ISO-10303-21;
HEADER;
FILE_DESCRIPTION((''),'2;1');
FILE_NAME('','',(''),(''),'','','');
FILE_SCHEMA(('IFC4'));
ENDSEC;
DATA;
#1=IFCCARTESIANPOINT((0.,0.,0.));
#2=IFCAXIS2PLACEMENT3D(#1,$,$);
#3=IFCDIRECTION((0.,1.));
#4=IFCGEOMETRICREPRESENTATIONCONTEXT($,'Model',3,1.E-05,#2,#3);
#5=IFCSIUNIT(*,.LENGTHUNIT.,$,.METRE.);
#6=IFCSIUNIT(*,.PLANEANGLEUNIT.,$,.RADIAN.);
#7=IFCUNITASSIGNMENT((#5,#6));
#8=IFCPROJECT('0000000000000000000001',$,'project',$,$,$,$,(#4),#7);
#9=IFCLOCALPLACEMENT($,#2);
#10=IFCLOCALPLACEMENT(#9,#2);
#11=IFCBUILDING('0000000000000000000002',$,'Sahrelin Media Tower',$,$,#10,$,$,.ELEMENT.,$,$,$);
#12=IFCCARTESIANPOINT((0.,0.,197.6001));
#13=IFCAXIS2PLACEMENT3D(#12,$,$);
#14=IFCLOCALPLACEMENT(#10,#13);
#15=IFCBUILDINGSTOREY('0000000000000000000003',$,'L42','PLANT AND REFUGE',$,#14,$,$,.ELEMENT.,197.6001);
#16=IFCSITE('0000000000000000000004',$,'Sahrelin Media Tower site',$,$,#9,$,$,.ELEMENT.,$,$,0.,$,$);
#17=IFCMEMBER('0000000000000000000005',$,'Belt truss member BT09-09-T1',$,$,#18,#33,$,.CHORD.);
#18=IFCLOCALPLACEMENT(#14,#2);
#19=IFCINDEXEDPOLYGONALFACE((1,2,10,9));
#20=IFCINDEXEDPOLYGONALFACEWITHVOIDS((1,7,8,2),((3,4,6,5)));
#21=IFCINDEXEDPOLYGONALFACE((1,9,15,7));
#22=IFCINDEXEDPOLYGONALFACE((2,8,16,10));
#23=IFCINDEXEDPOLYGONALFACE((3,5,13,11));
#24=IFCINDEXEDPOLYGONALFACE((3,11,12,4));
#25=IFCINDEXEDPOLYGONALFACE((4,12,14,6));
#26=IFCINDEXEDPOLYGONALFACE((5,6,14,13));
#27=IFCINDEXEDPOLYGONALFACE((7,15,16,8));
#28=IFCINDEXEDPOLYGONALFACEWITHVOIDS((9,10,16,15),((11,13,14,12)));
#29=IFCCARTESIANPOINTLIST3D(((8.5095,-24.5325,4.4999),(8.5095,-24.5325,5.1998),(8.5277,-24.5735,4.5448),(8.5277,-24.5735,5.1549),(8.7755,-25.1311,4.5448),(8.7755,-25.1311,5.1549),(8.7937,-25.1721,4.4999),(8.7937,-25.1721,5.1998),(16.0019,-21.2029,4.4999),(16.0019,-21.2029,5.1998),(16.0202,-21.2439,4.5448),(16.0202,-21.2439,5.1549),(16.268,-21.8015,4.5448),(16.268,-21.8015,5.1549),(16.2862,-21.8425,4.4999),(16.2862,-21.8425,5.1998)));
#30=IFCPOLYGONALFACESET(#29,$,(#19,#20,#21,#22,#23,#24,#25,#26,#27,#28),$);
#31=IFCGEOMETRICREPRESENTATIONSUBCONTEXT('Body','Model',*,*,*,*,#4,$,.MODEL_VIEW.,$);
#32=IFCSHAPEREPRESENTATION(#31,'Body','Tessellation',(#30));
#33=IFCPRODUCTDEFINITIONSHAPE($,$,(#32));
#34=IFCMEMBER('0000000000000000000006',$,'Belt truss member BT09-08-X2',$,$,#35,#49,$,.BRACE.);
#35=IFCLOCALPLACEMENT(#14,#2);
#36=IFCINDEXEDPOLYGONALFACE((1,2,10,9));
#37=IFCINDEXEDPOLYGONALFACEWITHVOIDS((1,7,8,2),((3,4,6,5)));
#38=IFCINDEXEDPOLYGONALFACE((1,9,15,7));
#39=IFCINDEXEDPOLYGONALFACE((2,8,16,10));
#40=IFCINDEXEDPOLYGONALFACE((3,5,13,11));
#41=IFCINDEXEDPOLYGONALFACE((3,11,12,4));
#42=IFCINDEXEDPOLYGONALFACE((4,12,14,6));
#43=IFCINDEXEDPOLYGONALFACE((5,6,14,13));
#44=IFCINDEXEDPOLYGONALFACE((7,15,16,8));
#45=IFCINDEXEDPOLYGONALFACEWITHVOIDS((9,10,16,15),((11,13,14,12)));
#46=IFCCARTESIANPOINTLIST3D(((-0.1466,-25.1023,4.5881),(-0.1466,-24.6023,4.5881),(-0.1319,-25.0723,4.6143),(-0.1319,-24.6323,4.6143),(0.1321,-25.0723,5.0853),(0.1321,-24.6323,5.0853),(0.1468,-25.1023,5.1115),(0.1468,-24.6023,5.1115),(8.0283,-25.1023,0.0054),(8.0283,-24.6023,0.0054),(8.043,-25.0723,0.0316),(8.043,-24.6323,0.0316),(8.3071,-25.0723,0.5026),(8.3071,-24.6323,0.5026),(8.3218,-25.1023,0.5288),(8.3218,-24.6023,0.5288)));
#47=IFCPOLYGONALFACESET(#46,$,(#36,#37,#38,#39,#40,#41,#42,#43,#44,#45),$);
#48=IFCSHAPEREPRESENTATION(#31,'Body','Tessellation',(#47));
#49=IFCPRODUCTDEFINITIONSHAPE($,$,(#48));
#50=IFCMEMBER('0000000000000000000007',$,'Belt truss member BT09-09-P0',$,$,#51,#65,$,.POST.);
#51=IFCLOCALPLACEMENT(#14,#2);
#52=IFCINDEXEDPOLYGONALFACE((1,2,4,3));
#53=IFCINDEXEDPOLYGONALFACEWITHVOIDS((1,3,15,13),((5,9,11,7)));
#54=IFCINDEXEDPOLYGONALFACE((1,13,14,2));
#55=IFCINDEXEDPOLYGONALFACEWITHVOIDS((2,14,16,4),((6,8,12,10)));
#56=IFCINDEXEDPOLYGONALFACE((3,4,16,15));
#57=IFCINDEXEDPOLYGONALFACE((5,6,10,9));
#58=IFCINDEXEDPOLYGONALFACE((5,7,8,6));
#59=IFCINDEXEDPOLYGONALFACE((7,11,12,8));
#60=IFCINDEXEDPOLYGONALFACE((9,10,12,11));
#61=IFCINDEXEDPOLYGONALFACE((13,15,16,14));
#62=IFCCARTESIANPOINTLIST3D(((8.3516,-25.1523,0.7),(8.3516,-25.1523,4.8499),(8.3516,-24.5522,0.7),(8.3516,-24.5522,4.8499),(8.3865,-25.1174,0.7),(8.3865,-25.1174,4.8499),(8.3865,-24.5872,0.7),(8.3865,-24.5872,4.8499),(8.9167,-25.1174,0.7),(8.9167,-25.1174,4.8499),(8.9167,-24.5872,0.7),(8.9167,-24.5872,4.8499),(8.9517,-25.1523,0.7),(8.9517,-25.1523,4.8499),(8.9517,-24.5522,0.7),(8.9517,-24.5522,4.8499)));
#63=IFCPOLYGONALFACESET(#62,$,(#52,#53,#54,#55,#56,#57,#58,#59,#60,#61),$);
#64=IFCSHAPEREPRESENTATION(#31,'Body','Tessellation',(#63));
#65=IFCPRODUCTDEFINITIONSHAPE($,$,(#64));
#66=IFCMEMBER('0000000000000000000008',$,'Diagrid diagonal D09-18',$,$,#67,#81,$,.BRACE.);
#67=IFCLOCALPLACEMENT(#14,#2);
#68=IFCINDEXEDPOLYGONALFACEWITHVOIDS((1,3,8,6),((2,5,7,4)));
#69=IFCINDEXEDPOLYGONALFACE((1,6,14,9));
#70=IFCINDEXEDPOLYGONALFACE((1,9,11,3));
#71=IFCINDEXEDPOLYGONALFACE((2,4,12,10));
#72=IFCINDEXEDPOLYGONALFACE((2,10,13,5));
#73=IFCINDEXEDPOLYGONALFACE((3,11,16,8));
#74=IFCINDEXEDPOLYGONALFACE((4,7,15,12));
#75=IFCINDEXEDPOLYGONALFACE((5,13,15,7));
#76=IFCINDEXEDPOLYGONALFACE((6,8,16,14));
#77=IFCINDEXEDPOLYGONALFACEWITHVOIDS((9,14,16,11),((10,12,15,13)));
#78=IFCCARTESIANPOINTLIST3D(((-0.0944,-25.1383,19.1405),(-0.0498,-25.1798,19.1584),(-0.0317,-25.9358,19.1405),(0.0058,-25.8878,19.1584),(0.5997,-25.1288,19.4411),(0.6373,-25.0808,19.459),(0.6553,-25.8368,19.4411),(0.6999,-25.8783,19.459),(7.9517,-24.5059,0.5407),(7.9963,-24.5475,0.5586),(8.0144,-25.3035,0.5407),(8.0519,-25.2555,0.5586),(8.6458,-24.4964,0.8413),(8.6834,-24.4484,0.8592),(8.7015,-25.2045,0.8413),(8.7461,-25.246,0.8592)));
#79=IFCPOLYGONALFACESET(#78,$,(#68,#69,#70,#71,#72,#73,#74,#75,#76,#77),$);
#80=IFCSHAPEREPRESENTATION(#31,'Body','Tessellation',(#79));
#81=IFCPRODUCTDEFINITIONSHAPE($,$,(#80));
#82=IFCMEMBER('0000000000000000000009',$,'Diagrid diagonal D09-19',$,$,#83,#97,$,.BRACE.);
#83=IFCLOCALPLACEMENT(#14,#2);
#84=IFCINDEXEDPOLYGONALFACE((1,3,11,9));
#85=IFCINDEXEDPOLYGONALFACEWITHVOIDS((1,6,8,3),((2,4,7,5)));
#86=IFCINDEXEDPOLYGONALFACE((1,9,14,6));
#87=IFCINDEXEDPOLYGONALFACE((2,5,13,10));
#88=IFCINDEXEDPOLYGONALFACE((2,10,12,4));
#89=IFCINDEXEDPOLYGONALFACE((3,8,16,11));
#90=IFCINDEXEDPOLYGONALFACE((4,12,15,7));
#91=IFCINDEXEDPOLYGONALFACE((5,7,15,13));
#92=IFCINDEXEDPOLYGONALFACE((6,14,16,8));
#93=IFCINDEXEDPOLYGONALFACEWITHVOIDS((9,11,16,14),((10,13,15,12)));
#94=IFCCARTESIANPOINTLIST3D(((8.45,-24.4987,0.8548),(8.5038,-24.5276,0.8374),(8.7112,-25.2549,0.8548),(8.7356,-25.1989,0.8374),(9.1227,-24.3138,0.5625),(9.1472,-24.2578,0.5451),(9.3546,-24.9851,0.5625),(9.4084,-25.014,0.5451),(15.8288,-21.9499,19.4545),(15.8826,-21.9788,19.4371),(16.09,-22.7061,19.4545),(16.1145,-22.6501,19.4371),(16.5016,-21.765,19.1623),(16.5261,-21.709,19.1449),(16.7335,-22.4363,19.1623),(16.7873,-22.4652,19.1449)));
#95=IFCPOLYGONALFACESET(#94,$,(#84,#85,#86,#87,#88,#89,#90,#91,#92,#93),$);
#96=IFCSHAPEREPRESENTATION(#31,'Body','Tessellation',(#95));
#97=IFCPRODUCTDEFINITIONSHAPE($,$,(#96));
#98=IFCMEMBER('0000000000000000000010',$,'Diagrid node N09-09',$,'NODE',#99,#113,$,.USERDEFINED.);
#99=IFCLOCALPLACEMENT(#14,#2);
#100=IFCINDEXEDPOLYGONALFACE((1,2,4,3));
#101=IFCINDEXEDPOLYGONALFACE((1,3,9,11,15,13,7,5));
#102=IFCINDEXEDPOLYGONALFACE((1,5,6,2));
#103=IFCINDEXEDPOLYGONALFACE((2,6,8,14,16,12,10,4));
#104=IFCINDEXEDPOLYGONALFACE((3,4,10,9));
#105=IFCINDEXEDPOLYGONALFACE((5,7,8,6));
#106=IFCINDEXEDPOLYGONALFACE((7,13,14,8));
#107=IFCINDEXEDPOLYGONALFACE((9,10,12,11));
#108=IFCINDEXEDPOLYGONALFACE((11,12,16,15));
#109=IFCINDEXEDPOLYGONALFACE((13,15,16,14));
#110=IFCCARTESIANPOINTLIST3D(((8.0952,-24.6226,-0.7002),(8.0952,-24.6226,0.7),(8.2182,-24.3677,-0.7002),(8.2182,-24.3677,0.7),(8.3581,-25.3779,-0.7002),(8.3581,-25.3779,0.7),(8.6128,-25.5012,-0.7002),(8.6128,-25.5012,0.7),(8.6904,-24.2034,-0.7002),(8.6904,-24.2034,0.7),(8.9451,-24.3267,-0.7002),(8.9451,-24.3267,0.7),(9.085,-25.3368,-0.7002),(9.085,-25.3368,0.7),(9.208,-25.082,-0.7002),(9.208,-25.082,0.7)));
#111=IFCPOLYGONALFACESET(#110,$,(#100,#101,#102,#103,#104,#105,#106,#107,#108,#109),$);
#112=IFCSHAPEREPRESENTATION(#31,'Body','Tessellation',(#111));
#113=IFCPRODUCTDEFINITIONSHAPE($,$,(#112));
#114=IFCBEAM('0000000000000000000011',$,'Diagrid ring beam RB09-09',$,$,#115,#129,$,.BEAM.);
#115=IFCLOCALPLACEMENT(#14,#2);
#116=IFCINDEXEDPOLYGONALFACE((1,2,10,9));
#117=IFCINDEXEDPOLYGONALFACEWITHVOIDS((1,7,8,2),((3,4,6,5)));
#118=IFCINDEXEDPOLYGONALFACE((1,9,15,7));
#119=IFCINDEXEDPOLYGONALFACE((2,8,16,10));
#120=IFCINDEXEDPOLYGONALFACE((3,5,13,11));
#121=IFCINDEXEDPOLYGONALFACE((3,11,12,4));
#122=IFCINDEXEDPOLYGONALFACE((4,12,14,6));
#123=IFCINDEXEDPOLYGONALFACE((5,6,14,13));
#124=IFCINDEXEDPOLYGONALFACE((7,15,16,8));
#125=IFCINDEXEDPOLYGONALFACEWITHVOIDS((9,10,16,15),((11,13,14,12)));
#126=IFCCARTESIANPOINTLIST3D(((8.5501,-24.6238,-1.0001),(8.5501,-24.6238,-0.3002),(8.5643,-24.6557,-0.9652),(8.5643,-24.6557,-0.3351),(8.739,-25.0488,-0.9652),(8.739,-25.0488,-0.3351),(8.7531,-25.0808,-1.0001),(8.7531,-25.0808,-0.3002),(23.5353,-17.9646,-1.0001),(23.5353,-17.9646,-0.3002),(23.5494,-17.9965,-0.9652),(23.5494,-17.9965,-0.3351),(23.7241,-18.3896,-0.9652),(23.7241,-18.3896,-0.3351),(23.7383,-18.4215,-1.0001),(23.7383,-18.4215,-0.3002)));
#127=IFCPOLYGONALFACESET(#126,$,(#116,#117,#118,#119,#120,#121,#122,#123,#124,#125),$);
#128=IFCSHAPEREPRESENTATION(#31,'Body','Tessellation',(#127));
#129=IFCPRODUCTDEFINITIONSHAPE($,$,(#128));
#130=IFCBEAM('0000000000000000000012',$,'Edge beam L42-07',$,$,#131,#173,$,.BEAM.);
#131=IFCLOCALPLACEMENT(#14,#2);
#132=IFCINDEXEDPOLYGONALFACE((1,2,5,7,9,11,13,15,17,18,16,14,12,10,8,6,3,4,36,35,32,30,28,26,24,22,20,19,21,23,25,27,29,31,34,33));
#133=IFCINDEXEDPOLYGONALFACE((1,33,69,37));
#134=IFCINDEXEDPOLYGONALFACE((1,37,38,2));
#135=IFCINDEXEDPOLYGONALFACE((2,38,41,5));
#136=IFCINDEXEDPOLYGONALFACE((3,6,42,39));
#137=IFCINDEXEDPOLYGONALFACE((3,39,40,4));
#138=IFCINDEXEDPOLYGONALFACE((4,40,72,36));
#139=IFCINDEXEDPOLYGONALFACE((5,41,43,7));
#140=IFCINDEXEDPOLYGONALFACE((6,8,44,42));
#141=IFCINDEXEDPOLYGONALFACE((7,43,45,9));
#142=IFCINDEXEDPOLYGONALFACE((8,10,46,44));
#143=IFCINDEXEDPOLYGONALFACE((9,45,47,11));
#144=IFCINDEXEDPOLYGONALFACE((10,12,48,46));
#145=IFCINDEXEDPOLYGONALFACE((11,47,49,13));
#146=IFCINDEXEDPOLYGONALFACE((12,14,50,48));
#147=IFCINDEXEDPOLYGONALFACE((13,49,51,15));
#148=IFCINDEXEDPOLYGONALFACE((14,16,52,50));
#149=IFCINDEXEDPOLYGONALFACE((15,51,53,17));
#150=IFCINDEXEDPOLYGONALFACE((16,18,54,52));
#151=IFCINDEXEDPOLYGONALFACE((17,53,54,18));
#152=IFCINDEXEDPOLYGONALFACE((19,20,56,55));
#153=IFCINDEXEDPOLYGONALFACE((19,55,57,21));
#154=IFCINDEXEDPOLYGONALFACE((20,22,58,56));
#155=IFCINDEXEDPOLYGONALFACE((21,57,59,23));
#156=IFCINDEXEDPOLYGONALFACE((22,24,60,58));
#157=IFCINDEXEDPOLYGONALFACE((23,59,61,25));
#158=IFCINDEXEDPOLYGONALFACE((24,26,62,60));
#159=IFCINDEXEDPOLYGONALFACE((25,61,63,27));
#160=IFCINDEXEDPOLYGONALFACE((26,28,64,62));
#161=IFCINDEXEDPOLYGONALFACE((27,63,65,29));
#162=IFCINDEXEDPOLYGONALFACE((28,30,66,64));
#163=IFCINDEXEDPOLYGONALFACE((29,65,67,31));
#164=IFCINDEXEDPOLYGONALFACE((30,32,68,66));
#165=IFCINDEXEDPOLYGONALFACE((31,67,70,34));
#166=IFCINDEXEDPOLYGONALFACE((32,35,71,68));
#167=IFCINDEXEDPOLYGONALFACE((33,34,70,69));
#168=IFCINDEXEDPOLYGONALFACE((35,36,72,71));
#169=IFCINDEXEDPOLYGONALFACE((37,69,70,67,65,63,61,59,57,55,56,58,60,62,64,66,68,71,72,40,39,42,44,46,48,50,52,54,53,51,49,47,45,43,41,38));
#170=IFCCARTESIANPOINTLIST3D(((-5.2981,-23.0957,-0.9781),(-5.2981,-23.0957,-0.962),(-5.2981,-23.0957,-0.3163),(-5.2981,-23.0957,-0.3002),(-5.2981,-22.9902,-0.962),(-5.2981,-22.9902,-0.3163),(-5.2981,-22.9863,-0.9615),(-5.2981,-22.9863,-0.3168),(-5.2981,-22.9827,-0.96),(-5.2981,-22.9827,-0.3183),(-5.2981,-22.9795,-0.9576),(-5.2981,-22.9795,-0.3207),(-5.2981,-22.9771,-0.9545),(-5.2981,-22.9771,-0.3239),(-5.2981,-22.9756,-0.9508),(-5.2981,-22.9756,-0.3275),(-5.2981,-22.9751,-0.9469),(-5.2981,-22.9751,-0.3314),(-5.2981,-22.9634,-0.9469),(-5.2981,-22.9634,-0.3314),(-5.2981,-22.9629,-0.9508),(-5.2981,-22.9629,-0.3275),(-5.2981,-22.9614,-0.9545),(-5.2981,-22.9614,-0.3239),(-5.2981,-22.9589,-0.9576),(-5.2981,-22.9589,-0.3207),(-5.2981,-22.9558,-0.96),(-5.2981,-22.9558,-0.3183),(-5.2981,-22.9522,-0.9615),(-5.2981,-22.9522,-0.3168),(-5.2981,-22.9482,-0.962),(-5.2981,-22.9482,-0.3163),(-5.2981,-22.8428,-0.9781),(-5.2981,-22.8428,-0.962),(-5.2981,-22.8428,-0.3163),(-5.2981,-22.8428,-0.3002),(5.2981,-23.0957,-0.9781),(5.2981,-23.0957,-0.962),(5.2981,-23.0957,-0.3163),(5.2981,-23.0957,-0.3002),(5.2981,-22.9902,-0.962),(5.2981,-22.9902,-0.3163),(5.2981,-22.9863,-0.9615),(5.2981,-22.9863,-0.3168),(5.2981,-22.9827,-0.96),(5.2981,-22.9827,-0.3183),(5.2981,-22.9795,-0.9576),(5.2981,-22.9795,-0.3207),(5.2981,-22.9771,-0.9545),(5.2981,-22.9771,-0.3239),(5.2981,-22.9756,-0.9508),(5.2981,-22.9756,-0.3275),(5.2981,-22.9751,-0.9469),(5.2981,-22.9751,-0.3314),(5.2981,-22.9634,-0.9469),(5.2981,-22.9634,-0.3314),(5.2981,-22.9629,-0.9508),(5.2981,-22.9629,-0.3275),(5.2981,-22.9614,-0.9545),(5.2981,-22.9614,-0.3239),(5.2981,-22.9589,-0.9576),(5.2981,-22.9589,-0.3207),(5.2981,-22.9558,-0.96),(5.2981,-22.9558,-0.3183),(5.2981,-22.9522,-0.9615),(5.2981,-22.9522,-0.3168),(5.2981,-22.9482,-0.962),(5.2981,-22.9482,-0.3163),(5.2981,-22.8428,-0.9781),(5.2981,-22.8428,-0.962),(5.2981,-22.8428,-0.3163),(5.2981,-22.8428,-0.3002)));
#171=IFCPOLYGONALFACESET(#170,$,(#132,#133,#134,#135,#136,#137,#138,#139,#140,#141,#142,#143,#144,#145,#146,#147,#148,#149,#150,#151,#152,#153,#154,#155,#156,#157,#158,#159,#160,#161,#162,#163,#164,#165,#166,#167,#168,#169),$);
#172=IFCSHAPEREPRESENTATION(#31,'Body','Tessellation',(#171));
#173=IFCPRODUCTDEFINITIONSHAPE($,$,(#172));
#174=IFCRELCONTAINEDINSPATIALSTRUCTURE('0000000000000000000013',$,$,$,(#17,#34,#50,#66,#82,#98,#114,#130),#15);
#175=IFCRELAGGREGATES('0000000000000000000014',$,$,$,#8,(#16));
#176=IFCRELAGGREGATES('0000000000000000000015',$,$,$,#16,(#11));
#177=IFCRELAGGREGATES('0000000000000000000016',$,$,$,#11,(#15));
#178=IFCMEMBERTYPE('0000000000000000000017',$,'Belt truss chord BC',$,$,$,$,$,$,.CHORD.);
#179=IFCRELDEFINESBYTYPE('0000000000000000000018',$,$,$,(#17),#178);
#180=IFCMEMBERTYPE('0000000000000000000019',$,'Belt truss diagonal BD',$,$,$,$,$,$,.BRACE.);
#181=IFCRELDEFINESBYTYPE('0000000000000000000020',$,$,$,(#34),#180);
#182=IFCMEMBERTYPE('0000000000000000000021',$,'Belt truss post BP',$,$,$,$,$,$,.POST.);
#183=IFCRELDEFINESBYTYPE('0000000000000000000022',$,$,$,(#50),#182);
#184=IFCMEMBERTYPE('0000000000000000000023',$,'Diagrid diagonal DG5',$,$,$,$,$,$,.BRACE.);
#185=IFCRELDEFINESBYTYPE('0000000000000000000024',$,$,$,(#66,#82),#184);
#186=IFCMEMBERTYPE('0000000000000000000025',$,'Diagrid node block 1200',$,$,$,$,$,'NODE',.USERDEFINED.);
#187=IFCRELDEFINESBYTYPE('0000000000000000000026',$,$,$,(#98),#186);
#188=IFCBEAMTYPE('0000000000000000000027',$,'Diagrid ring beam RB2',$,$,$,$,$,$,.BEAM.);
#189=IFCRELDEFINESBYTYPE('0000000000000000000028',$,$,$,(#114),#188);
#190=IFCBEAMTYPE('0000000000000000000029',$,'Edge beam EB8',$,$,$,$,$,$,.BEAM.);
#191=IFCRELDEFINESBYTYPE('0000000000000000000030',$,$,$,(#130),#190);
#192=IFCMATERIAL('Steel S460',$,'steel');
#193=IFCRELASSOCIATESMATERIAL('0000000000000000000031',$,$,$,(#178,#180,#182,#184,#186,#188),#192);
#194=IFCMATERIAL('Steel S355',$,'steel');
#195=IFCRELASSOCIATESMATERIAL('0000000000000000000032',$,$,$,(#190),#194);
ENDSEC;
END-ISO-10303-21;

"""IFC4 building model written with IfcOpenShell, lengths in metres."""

from ifc_helpers import new_model, si_unit, direction, frame, origin, origin_2d, place, context, subcontext, project, spatial, polyline, hollow_rectangle, i_section, outline, extrude, material, material_profile, profile_set, type_object, element, save


model = new_model("IFC4")

# Units and contexts
model_context = context("Model", 3, precision=1e-05, world=origin(), true_north=direction((0.0, 1.0)))
body_context = subcontext(model_context, "Body", "Model", "MODEL_VIEW")
ifc_project = project(units=[si_unit("LENGTHUNIT", "METRE"), si_unit("PLANEANGLEUNIT", "RADIAN")], contexts=[model_context])

# Site, building, storey
site_placement = place(None, origin())
site = spatial("IfcSite", under=ifc_project, at=site_placement, Name="Sahrelin Media Tower site", CompositionType="ELEMENT", RefElevation=0.0)
building_placement = place(site_placement, origin())
building = spatial("IfcBuilding", under=site, at=building_placement, Name="Sahrelin Media Tower", CompositionType="ELEMENT")
storey_placement = place(building_placement, frame((0.0, 0.0, 197.6001)))
storey = spatial("IfcBuildingStorey", under=building, at=storey_placement, Name="L42", Description="PLANT AND REFUGE", CompositionType="ELEMENT", Elevation=197.6001)

# Members
ifc_material_1 = material(Name="Steel S460", Category="steel")
ifc_material_profile_1 = material_profile(ifc_material_1, hollow_rectangle(XDim=0.7, YDim=0.7, WallThickness=0.0449, at=origin_2d()), Name="Belt truss chord BC")
ifc_profile_set_1 = profile_set([ifc_material_profile_1], Name="Steel S460")
member_type_1 = type_object("IfcMemberType", Name="Belt truss chord BC", PredefinedType="CHORD", material=ifc_profile_set_1)
member_1_placement = place(storey_placement, frame((8.6516, -24.8523, 4.8499), z_axis=(0.913829, 0.4061, 0.0), x_axis=(-0.4061, 0.913829, 0.0)))
element("IfcMember", 1, at=member_1_placement, inside=storey, type_object=member_type_1, Name="Belt truss member BT09-09-T1", PredefinedType="CHORD", context=body_context, shape_type="SweptSolid", body=[
    extrude(hollow_rectangle(XDim=0.7, YDim=0.7, WallThickness=0.0449, at=origin_2d()), origin(), (0.0, 0.0, 1.0), 8.199),
])
ifc_material_profile_2 = material_profile(ifc_material_1, hollow_rectangle(XDim=0.5, YDim=0.6001, WallThickness=0.03, at=origin_2d()), Name="Belt truss diagonal BD")
ifc_profile_set_2 = profile_set([ifc_material_profile_2], Name="Steel S460")
member_type_2 = type_object("IfcMemberType", Name="Belt truss diagonal BD", PredefinedType="BRACE", material=ifc_profile_set_2)
member_2_placement = place(storey_placement, frame((8.175, -24.8523, 0.2671), z_axis=(-0.87229, 0.0, 0.488988), x_axis=(0.0, -1.0, 0.0)))
element("IfcMember", 2, at=member_2_placement, inside=storey, type_object=member_type_2, Name="Belt truss member BT09-08-X2", PredefinedType="BRACE", context=body_context, shape_type="SweptSolid", body=[
    extrude(hollow_rectangle(XDim=0.5, YDim=0.6001, WallThickness=0.03, at=origin_2d()), origin(), (0.0, 0.0, 1.0), 9.3718),
])
ifc_material_profile_3 = material_profile(ifc_material_1, hollow_rectangle(XDim=0.6001, YDim=0.6001, WallThickness=0.0349, at=origin_2d()), Name="Belt truss post BP")
ifc_profile_set_3 = profile_set([ifc_material_profile_3], Name="Steel S460")
member_type_3 = type_object("IfcMemberType", Name="Belt truss post BP", PredefinedType="POST", material=ifc_profile_set_3)
member_3_placement = place(storey_placement, frame((8.6516, -24.8523, 0.7), z_axis=(0.0, 0.0, 1.0), x_axis=(1.0, 0.0, 0.0)))
element("IfcMember", 3, at=member_3_placement, inside=storey, type_object=member_type_3, Name="Belt truss member BT09-09-P0", PredefinedType="POST", context=body_context, shape_type="SweptSolid", body=[
    extrude(hollow_rectangle(XDim=0.6001, YDim=0.6001, WallThickness=0.0349, at=origin_2d()), origin(), (0.0, 0.0, 1.0), 4.1499),
])
ifc_material_profile_4 = material_profile(ifc_material_1, hollow_rectangle(XDim=0.8, YDim=0.8, WallThickness=0.0449, at=origin_2d()), Name="Diagrid diagonal DG5")
ifc_profile_set_4 = profile_set([ifc_material_profile_4], Name="Steel S460")
member_type_4 = type_object("IfcMemberType", Name="Diagrid diagonal DG5", PredefinedType="BRACE", material=ifc_profile_set_4)
member_4_placement = place(storey_placement, frame((8.3489, -24.876, 0.7), z_axis=(-0.396841, -0.031187, 0.917357), x_axis=(0.078346, -0.996926, 0.0)))
element("IfcMember", 4, at=member_4_placement, inside=storey, type_object=member_type_4, Name="Diagrid diagonal D09-18", PredefinedType="BRACE", context=body_context, shape_type="SweptSolid", body=[
    extrude(hollow_rectangle(XDim=0.8, YDim=0.8, WallThickness=0.0449, at=origin_2d()), origin(), (0.0, 0.0, 1.0), 20.2754),
])
member_5_placement = place(storey_placement, frame((8.9292, -24.7563, 0.7), z_axis=(0.365804, 0.126356, 0.922075), x_axis=(-0.326492, 0.9452, 0.0)))
element("IfcMember", 5, at=member_5_placement, inside=storey, type_object=member_type_4, Name="Diagrid diagonal D09-19", PredefinedType="BRACE", context=body_context, shape_type="SweptSolid", body=[
    extrude(hollow_rectangle(XDim=0.8, YDim=0.8, WallThickness=0.0449, at=origin_2d()), origin(), (0.0, 0.0, 1.0), 20.1716),
])
ifc_material_profile_5 = material_profile(ifc_material_1, outline(polyline([(0.3999, -0.45), (0.6001, -0.25), (0.6001, 0.25), (0.3999, 0.45), (-0.3999, 0.45), (-0.6001, 0.25), (-0.6001, -0.25), (-0.3999, -0.45), (0.3999, -0.45)])), Name="Diagrid node block 1200")
ifc_profile_set_5 = profile_set([ifc_material_profile_5], Name="Steel S460")
member_type_5 = type_object("IfcMemberType", Name="Diagrid node block 1200", ElementType="NODE", PredefinedType="USERDEFINED", material=ifc_profile_set_5)
member_6_placement = place(storey_placement, frame((8.6516, -24.8523, -0.7002), z_axis=(0.0, 0.0, 1.0), x_axis=(0.328769, -0.94441, 0.0)))
element("IfcMember", 6, at=member_6_placement, inside=storey, type_object=member_type_5, Name="Diagrid node N09-09", ObjectType="NODE", PredefinedType="USERDEFINED", context=body_context, shape_type="SweptSolid", body=[
    extrude(outline(polyline([(0.3999, -0.45), (0.6001, -0.25), (0.6001, 0.25), (0.3999, 0.45), (-0.3999, 0.45), (-0.6001, 0.25), (-0.6001, -0.25), (-0.3999, -0.45), (0.3999, -0.45)])), origin(), (0.0, 0.0, 1.0), 1.4001),
])

# Beams
ifc_material_profile_6 = material_profile(ifc_material_1, hollow_rectangle(XDim=0.5, YDim=0.7, WallThickness=0.0349, at=origin_2d()), Name="Diagrid ring beam RB2")
ifc_profile_set_6 = profile_set([ifc_material_profile_6], Name="Steel S460")
beam_type_1 = type_object("IfcBeamType", Name="Diagrid ring beam RB2", PredefinedType="BEAM", material=ifc_profile_set_6)
beam_1_placement = place(storey_placement, frame((8.6516, -24.8523, -0.6501), z_axis=(0.913831, 0.406094, 0.0), x_axis=(-0.406094, 0.913831, 0.0)))
element("IfcBeam", 7, at=beam_1_placement, inside=storey, type_object=beam_type_1, Name="Diagrid ring beam RB09-09", PredefinedType="BEAM", context=body_context, shape_type="SweptSolid", body=[
    extrude(hollow_rectangle(XDim=0.5, YDim=0.7, WallThickness=0.0349, at=origin_2d()), origin(), (0.0, 0.0, 1.0), 16.3982),
])
ifc_material_2 = material(Name="Steel S355", Category="steel")
ifc_material_profile_7 = material_profile(ifc_material_2, i_section(OverallWidth=0.2529, OverallDepth=0.678, WebThickness=0.0117, FlangeThickness=0.0161, FilletRadius=0.0151, at=origin_2d()), Name="UB 686x254x125")
ifc_profile_set_7 = profile_set([ifc_material_profile_7], Name="Steel S355")
beam_type_2 = type_object("IfcBeamType", Name="Edge beam EB8", PredefinedType="BEAM", material=ifc_profile_set_7)
beam_2_placement = place(storey_placement, frame((5.2981, -22.9692, -0.6392), z_axis=(-1.0, 0.0, 0.0), x_axis=(0.0, -1.0, 0.0)))
element("IfcBeam", 8, at=beam_2_placement, inside=storey, type_object=beam_type_2, Name="Edge beam L42-07", PredefinedType="BEAM", context=body_context, shape_type="SweptSolid", body=[
    extrude(i_section(OverallWidth=0.2529, OverallDepth=0.678, WebThickness=0.0117, FlangeThickness=0.0161, FilletRadius=0.0151, at=origin_2d()), origin(), (0.0, 0.0, 1.0), 10.5962),
])

save(model, "model.ifc")
